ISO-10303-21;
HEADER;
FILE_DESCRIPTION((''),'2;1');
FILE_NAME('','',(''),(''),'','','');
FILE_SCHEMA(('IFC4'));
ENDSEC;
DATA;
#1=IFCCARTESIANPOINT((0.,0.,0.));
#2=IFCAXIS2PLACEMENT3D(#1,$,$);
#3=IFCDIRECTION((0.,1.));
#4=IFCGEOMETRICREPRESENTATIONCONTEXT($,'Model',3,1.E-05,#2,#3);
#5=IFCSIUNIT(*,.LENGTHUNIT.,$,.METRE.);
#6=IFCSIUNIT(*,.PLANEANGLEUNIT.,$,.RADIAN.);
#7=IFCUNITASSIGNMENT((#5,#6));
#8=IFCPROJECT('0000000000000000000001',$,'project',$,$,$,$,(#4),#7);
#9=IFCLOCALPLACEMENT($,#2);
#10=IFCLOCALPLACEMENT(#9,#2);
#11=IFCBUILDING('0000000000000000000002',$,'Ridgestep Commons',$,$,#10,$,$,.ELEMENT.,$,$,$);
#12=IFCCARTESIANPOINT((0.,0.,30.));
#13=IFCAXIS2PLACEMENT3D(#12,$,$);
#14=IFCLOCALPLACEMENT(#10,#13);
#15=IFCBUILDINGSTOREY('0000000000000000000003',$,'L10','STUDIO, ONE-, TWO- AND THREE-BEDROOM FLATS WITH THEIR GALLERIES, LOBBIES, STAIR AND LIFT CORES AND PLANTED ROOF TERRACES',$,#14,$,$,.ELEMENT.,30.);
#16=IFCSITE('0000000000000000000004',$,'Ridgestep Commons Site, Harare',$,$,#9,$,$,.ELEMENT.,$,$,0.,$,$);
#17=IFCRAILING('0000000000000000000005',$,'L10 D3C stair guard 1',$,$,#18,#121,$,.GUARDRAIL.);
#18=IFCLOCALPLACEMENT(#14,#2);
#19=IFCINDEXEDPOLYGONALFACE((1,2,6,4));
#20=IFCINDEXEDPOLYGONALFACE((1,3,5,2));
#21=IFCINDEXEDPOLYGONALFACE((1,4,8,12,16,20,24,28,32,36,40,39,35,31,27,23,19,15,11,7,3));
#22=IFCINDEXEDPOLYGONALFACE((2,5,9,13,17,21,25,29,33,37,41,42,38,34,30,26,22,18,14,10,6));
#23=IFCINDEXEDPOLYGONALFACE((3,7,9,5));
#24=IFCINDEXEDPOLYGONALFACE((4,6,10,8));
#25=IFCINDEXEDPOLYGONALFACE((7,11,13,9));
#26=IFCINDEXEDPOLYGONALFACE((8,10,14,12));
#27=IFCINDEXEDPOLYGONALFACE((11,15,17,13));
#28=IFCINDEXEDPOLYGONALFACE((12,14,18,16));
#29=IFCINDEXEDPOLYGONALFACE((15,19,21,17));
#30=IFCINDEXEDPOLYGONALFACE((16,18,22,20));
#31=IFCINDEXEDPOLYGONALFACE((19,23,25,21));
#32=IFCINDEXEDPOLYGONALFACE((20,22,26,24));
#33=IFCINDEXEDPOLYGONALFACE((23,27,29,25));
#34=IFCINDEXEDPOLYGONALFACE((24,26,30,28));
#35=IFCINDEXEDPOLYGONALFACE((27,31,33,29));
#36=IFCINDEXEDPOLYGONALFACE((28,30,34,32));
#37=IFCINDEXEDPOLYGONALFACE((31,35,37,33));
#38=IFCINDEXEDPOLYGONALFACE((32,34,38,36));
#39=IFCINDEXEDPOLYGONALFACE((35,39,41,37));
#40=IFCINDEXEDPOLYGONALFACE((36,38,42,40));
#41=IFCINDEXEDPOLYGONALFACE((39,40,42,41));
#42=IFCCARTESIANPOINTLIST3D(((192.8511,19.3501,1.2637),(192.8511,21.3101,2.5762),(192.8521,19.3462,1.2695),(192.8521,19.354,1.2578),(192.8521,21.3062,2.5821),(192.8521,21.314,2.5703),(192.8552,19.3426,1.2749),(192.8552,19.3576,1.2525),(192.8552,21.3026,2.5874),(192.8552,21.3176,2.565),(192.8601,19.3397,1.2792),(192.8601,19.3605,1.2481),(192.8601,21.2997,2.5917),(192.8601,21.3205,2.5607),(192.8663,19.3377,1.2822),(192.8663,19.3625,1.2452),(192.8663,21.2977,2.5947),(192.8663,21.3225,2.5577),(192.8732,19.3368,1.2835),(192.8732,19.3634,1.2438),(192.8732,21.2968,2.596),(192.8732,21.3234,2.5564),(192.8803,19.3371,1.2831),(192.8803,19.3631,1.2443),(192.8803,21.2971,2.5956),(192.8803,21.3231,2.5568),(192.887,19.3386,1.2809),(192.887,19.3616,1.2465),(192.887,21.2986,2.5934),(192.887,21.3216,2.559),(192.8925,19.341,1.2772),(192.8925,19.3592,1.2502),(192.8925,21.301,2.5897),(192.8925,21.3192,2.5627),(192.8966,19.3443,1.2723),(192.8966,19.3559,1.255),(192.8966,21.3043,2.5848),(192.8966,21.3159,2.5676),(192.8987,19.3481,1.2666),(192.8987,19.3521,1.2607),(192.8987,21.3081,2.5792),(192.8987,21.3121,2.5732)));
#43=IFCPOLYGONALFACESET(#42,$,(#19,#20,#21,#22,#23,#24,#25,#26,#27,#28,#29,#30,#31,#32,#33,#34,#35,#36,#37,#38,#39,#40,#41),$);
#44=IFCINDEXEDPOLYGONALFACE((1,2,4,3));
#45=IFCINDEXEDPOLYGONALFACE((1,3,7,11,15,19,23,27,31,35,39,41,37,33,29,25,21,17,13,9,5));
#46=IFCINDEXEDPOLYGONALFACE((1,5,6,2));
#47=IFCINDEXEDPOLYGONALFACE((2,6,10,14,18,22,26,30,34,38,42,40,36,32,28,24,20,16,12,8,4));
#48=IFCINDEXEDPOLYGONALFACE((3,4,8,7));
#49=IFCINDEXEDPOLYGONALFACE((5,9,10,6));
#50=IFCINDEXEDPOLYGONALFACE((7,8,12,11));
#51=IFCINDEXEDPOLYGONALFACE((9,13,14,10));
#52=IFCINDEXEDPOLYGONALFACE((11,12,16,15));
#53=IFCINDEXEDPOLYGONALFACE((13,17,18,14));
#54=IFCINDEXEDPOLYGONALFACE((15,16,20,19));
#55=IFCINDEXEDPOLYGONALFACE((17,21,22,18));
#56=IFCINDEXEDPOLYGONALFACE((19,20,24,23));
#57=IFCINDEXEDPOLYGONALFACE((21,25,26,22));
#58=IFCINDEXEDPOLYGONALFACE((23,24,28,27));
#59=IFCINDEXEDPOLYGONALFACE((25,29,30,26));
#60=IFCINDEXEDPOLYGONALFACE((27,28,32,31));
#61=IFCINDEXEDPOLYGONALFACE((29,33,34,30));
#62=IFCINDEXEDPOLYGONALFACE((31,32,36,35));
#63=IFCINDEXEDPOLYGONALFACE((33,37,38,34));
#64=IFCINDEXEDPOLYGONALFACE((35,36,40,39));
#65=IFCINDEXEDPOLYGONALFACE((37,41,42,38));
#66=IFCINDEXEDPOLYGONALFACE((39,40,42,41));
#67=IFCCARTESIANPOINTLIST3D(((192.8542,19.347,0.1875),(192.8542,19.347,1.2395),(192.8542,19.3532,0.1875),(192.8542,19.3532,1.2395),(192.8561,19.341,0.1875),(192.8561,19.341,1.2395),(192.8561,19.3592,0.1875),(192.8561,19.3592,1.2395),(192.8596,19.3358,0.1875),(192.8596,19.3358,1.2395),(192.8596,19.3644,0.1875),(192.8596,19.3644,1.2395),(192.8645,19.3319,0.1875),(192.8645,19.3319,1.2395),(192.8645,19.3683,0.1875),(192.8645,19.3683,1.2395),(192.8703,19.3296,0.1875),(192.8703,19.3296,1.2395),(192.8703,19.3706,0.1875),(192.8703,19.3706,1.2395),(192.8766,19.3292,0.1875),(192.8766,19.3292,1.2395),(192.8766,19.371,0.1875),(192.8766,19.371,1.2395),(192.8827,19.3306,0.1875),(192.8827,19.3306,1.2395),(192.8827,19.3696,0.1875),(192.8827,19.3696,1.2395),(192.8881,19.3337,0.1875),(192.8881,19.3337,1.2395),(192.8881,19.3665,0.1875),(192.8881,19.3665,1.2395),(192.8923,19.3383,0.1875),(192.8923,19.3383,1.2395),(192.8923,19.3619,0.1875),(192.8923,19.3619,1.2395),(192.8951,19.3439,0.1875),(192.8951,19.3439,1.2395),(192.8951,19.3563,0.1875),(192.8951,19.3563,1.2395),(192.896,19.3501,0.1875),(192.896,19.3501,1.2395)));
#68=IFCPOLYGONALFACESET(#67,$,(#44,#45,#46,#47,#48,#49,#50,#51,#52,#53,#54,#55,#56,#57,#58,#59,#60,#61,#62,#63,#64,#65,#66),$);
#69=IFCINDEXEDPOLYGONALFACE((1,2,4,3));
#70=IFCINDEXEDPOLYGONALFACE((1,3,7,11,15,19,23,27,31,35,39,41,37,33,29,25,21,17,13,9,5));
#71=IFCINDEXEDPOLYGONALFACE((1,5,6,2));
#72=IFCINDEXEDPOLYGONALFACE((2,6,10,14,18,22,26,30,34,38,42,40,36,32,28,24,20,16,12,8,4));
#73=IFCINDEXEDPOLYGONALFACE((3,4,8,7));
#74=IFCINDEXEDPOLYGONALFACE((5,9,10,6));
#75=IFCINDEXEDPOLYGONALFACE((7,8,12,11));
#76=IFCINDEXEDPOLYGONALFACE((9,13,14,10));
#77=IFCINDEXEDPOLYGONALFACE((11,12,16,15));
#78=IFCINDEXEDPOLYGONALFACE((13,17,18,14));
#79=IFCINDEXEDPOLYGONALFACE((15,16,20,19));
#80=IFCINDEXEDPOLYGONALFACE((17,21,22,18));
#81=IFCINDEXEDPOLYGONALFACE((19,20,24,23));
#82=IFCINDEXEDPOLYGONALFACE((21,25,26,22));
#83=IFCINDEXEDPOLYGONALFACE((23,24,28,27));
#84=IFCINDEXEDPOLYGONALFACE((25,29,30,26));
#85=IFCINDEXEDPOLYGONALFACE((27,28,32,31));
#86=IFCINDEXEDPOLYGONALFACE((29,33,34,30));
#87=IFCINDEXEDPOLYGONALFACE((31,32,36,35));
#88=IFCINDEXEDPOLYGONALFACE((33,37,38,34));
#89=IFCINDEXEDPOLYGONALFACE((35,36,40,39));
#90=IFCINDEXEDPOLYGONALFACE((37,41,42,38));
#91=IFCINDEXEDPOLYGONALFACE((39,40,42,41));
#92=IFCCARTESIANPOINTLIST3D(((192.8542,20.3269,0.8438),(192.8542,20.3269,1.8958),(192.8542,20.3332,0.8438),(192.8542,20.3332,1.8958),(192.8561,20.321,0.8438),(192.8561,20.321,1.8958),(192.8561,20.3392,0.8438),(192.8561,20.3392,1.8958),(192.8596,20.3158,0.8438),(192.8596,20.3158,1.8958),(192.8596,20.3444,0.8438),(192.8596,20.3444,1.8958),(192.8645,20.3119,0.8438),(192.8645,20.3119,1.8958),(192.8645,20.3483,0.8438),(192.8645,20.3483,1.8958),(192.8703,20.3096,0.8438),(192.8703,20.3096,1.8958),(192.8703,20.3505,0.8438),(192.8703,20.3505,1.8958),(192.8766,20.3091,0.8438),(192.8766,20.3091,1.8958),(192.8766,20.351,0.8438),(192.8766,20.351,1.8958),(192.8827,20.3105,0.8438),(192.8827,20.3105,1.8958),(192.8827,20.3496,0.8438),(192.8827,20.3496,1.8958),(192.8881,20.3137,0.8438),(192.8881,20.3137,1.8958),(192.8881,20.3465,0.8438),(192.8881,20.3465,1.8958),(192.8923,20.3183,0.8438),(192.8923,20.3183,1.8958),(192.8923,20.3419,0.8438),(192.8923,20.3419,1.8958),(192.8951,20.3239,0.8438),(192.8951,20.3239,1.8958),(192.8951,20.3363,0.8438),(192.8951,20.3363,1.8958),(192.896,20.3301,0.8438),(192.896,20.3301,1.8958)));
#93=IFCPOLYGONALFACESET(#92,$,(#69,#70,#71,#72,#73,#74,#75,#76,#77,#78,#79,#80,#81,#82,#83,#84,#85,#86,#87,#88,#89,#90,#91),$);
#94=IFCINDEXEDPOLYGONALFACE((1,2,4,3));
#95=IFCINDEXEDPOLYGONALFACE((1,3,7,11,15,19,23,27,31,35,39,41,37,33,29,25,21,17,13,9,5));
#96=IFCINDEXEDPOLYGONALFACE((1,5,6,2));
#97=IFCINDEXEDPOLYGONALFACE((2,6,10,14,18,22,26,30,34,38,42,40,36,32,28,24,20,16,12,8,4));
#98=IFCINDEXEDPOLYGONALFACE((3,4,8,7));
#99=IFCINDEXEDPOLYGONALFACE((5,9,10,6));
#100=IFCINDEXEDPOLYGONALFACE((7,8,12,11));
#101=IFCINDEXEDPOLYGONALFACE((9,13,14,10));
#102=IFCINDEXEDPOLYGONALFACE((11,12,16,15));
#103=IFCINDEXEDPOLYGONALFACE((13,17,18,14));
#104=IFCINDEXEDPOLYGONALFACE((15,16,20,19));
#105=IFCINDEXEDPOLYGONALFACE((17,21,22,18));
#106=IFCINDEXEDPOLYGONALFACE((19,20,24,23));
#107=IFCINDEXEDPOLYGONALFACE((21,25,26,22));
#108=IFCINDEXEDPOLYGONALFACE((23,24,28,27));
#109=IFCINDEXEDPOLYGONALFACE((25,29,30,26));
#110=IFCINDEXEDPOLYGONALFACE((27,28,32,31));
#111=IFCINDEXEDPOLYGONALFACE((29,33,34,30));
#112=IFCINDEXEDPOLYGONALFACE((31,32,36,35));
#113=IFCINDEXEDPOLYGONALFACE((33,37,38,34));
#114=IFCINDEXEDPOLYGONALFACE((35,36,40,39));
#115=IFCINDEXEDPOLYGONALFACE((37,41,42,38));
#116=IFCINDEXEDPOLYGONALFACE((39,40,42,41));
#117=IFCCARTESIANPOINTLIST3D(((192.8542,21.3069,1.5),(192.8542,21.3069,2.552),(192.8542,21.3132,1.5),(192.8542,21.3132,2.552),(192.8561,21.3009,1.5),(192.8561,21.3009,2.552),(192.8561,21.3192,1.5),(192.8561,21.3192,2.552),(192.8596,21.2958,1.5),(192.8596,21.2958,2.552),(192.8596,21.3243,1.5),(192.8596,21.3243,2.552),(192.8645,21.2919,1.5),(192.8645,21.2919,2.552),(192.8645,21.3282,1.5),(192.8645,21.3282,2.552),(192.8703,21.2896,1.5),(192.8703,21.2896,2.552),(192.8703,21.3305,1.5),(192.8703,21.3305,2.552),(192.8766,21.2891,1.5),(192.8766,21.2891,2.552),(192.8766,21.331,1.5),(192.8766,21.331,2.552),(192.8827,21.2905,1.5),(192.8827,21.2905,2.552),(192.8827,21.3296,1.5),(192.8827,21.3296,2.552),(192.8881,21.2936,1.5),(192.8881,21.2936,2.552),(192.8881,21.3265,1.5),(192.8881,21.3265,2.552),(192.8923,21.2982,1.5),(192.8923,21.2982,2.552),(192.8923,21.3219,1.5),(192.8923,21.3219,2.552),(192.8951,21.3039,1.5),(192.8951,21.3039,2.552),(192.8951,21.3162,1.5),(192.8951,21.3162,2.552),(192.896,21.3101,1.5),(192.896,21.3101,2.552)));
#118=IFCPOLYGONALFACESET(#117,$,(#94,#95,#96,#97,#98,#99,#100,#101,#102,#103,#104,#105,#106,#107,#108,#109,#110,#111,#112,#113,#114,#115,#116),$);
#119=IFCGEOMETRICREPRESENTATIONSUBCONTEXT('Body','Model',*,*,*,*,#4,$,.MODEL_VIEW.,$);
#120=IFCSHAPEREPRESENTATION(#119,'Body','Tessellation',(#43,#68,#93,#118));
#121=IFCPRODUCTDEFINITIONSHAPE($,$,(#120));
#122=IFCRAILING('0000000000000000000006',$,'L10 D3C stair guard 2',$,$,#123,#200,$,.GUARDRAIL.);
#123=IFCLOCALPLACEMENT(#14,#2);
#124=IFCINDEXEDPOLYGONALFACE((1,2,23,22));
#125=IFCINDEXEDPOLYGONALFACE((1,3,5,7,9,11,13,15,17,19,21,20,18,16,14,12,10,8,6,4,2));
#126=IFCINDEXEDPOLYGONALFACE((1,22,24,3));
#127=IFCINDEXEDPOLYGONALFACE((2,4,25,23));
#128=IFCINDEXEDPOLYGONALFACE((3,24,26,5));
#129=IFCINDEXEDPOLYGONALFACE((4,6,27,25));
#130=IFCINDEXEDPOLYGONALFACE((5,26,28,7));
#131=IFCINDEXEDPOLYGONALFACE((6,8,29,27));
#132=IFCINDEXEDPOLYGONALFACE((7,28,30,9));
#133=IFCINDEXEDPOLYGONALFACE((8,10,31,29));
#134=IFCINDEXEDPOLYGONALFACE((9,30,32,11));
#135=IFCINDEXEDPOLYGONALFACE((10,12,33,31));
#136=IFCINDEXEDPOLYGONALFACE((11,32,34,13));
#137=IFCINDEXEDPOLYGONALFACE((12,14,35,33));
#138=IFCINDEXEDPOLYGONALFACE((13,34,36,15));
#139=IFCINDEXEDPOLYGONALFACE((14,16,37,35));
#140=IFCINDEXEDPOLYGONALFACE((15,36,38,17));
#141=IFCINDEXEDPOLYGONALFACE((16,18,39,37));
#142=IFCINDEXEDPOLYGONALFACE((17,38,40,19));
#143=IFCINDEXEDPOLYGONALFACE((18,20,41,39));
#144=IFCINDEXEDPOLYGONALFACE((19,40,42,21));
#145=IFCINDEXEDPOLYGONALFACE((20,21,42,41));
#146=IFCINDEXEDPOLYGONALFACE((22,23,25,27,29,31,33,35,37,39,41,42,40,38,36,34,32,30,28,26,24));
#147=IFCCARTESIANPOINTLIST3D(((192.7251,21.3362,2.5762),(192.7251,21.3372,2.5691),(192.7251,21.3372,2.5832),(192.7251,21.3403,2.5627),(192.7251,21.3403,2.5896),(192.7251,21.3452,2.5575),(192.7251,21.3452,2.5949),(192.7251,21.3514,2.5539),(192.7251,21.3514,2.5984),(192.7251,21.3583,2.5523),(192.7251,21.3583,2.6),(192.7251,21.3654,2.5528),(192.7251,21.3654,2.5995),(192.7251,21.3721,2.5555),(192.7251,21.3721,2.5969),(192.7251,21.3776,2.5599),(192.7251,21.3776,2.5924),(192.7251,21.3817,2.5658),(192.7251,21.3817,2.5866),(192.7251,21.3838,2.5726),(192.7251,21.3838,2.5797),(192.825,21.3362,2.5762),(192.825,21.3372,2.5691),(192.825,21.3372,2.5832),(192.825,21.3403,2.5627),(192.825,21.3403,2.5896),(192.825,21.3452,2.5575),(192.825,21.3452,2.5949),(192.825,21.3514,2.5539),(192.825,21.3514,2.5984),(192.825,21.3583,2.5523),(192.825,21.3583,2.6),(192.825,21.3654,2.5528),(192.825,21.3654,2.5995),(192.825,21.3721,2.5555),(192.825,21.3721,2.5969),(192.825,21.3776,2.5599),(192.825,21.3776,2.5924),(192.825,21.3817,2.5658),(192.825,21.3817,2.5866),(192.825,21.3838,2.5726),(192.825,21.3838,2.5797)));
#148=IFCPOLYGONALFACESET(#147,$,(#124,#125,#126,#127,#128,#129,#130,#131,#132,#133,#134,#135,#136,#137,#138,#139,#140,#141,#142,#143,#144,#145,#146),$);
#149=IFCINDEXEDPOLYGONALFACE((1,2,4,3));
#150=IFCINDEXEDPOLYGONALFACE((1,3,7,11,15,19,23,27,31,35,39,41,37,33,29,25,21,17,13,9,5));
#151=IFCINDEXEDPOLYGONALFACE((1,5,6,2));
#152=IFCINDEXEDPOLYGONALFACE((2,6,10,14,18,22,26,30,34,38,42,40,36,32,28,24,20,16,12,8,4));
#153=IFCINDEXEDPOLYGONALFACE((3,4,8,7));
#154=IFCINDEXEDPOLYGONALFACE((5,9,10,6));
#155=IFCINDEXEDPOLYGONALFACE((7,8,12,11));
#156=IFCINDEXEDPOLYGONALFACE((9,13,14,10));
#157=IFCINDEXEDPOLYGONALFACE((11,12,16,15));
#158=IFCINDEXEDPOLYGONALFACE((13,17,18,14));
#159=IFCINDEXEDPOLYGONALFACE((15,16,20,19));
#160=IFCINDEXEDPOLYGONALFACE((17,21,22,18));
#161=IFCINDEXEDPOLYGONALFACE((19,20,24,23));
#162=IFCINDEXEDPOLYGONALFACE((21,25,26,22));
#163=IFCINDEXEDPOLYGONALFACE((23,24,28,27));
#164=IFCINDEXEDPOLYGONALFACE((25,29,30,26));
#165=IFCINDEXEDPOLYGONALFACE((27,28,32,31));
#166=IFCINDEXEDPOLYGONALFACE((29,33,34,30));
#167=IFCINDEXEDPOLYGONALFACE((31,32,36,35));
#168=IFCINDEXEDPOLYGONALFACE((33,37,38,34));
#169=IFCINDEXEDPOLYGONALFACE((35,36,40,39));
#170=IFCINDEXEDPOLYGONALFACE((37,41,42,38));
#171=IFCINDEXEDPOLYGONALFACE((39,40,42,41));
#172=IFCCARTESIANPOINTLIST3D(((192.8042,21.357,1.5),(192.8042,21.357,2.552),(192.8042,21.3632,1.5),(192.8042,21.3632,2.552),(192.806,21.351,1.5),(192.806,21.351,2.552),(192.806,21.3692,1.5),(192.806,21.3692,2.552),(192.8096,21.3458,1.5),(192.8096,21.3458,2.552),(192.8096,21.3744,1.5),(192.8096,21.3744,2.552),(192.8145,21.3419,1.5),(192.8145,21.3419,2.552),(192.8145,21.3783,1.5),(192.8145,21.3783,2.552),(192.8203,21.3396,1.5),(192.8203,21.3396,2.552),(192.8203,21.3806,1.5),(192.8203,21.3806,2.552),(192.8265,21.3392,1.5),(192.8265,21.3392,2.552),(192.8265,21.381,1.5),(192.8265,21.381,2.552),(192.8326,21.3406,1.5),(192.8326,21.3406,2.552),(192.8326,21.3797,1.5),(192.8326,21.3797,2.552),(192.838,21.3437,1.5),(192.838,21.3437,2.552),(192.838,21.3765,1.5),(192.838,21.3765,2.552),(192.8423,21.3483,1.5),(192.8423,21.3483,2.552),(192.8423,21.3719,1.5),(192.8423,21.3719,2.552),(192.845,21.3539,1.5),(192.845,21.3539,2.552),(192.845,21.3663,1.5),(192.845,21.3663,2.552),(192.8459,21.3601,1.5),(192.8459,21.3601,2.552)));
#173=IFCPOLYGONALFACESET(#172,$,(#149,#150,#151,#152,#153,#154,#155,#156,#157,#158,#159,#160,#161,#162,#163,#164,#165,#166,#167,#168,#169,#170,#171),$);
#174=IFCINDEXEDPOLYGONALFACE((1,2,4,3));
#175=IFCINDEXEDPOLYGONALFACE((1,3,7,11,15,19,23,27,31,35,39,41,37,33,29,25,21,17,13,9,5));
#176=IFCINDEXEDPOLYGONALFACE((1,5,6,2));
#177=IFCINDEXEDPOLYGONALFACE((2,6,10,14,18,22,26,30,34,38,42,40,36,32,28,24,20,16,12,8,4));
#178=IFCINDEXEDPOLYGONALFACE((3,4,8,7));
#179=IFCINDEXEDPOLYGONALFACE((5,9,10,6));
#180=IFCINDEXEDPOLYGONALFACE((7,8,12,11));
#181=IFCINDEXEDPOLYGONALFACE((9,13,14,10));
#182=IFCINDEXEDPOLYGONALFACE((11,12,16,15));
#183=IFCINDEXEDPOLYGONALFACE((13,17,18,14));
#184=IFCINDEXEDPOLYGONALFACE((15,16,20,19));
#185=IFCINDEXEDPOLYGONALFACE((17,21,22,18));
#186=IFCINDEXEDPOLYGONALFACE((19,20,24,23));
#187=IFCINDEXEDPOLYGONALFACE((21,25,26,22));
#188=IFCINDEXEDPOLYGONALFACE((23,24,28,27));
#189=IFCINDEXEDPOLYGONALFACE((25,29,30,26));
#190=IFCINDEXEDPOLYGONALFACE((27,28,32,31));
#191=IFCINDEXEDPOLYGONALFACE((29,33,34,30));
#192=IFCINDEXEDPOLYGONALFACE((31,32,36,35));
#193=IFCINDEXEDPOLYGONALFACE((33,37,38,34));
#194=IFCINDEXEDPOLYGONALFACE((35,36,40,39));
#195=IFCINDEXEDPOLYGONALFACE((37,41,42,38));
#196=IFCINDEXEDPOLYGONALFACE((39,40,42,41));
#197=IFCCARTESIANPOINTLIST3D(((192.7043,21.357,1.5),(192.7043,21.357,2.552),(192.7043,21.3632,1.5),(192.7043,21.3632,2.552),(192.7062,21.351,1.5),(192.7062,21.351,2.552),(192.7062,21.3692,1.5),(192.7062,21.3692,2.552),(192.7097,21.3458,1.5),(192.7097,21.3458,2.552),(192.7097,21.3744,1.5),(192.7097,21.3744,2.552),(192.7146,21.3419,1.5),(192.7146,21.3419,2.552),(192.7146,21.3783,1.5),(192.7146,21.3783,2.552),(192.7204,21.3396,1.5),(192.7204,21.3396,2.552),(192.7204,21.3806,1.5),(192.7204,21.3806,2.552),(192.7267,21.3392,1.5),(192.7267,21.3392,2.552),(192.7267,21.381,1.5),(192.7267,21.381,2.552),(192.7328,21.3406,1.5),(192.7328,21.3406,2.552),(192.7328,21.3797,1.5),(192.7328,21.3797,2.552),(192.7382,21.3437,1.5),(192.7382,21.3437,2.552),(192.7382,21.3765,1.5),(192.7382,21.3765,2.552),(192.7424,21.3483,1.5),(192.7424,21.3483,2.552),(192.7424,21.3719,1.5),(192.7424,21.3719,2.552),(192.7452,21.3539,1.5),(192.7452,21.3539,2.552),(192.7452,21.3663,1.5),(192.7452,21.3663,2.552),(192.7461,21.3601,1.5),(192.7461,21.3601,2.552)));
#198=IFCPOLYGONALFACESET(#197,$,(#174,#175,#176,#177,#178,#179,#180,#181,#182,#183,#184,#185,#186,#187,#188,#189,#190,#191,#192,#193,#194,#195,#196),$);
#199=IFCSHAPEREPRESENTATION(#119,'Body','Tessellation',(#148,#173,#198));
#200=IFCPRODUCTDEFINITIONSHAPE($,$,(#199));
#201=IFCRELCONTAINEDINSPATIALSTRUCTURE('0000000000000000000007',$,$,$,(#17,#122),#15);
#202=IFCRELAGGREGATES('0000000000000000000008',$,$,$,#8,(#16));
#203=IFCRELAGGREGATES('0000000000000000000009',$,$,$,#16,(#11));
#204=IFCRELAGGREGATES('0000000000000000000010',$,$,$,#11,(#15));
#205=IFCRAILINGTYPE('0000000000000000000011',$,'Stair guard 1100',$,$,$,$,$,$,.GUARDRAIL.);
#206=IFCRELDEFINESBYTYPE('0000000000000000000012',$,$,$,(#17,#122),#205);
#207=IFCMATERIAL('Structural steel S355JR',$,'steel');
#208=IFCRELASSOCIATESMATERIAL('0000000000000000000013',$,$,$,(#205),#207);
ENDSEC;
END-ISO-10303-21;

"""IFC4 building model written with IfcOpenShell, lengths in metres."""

from ifc_helpers import new_model, si_unit, direction, frame, origin, origin_2d, place, context, subcontext, project, spatial, circle, extrude, material, type_object, element, save


model = new_model("IFC4")

# Units and contexts
model_context = context("Model", 3, precision=1e-05, world=origin(), true_north=direction((0.0, 1.0)))
body_context = subcontext(model_context, "Body", "Model", "MODEL_VIEW")
ifc_project = project(units=[si_unit("LENGTHUNIT", "METRE"), si_unit("PLANEANGLEUNIT", "RADIAN")], contexts=[model_context])

# Site, building, storey
site_placement = place(None, origin())
site = spatial("IfcSite", under=ifc_project, at=site_placement, Name="Ridgestep Commons Site, Harare", CompositionType="ELEMENT", RefElevation=0.0)
building_placement = place(site_placement, origin())
building = spatial("IfcBuilding", under=site, at=building_placement, Name="Ridgestep Commons", CompositionType="ELEMENT")
storey_placement = place(building_placement, frame((0.0, 0.0, 30.0)))
storey = spatial("IfcBuildingStorey", under=building, at=storey_placement, Name="L10", Description="STUDIO, ONE-, TWO- AND THREE-BEDROOM FLATS WITH THEIR GALLERIES, LOBBIES, STAIR AND LIFT CORES AND PLANTED ROOF TERRACES", CompositionType="ELEMENT", Elevation=30.0)

# Railings
ifc_material_1 = material(Name="Structural steel S355JR", Category="steel")
railing_type_1 = type_object("IfcRailingType", Name="Stair guard 1100", PredefinedType="GUARDRAIL", material=ifc_material_1)
railing_1_placement = place(storey_placement, frame((192.875, 19.3501, 0.1875)))
element("IfcRailing", 1, at=railing_1_placement, inside=storey, type_object=railing_type_1, Name="L10 D3C stair guard 1", PredefinedType="GUARDRAIL", context=body_context, shape_type="SweptSolid", body=[
    extrude(circle(Radius=0.0239, at=origin_2d()), frame((0.0, 0.0, 1.0762), z_axis=(0.0, 0.830902, 0.556419), x_axis=(-1.0, 0.0, 0.0)), (0.0, 0.0, 1.0), 2.3589),
    extrude(circle(Radius=0.021, at=origin_2d()), origin(), (0.0, 0.0, 1.0), 1.052),
    extrude(circle(Radius=0.021, at=origin_2d()), frame((0.0, 0.98, 0.6562)), (0.0, 0.0, 1.0), 1.052),
    extrude(circle(Radius=0.021, at=origin_2d()), frame((0.0, 1.96, 1.3125)), (0.0, 0.0, 1.0), 1.052),
])
railing_2_placement = place(storey_placement, frame((192.825, 21.3601, 1.5)))
element("IfcRailing", 2, at=railing_2_placement, inside=storey, type_object=railing_type_1, Name="L10 D3C stair guard 2", PredefinedType="GUARDRAIL", context=body_context, shape_type="SweptSolid", body=[
    extrude(circle(Radius=0.0239, at=origin_2d()), frame((0.0, 0.0, 1.0762), z_axis=(-1.0, 0.0, 0.0), x_axis=(0.0, -1.0, 0.0)), (0.0, 0.0, 1.0), 0.0999),
    extrude(circle(Radius=0.021, at=origin_2d()), origin(), (0.0, 0.0, 1.0), 1.052),
    extrude(circle(Radius=0.021, at=origin_2d()), frame((-0.0999, 0.0, 0.0)), (0.0, 0.0, 1.0), 1.052),
])

save(model, "model.ifc")
